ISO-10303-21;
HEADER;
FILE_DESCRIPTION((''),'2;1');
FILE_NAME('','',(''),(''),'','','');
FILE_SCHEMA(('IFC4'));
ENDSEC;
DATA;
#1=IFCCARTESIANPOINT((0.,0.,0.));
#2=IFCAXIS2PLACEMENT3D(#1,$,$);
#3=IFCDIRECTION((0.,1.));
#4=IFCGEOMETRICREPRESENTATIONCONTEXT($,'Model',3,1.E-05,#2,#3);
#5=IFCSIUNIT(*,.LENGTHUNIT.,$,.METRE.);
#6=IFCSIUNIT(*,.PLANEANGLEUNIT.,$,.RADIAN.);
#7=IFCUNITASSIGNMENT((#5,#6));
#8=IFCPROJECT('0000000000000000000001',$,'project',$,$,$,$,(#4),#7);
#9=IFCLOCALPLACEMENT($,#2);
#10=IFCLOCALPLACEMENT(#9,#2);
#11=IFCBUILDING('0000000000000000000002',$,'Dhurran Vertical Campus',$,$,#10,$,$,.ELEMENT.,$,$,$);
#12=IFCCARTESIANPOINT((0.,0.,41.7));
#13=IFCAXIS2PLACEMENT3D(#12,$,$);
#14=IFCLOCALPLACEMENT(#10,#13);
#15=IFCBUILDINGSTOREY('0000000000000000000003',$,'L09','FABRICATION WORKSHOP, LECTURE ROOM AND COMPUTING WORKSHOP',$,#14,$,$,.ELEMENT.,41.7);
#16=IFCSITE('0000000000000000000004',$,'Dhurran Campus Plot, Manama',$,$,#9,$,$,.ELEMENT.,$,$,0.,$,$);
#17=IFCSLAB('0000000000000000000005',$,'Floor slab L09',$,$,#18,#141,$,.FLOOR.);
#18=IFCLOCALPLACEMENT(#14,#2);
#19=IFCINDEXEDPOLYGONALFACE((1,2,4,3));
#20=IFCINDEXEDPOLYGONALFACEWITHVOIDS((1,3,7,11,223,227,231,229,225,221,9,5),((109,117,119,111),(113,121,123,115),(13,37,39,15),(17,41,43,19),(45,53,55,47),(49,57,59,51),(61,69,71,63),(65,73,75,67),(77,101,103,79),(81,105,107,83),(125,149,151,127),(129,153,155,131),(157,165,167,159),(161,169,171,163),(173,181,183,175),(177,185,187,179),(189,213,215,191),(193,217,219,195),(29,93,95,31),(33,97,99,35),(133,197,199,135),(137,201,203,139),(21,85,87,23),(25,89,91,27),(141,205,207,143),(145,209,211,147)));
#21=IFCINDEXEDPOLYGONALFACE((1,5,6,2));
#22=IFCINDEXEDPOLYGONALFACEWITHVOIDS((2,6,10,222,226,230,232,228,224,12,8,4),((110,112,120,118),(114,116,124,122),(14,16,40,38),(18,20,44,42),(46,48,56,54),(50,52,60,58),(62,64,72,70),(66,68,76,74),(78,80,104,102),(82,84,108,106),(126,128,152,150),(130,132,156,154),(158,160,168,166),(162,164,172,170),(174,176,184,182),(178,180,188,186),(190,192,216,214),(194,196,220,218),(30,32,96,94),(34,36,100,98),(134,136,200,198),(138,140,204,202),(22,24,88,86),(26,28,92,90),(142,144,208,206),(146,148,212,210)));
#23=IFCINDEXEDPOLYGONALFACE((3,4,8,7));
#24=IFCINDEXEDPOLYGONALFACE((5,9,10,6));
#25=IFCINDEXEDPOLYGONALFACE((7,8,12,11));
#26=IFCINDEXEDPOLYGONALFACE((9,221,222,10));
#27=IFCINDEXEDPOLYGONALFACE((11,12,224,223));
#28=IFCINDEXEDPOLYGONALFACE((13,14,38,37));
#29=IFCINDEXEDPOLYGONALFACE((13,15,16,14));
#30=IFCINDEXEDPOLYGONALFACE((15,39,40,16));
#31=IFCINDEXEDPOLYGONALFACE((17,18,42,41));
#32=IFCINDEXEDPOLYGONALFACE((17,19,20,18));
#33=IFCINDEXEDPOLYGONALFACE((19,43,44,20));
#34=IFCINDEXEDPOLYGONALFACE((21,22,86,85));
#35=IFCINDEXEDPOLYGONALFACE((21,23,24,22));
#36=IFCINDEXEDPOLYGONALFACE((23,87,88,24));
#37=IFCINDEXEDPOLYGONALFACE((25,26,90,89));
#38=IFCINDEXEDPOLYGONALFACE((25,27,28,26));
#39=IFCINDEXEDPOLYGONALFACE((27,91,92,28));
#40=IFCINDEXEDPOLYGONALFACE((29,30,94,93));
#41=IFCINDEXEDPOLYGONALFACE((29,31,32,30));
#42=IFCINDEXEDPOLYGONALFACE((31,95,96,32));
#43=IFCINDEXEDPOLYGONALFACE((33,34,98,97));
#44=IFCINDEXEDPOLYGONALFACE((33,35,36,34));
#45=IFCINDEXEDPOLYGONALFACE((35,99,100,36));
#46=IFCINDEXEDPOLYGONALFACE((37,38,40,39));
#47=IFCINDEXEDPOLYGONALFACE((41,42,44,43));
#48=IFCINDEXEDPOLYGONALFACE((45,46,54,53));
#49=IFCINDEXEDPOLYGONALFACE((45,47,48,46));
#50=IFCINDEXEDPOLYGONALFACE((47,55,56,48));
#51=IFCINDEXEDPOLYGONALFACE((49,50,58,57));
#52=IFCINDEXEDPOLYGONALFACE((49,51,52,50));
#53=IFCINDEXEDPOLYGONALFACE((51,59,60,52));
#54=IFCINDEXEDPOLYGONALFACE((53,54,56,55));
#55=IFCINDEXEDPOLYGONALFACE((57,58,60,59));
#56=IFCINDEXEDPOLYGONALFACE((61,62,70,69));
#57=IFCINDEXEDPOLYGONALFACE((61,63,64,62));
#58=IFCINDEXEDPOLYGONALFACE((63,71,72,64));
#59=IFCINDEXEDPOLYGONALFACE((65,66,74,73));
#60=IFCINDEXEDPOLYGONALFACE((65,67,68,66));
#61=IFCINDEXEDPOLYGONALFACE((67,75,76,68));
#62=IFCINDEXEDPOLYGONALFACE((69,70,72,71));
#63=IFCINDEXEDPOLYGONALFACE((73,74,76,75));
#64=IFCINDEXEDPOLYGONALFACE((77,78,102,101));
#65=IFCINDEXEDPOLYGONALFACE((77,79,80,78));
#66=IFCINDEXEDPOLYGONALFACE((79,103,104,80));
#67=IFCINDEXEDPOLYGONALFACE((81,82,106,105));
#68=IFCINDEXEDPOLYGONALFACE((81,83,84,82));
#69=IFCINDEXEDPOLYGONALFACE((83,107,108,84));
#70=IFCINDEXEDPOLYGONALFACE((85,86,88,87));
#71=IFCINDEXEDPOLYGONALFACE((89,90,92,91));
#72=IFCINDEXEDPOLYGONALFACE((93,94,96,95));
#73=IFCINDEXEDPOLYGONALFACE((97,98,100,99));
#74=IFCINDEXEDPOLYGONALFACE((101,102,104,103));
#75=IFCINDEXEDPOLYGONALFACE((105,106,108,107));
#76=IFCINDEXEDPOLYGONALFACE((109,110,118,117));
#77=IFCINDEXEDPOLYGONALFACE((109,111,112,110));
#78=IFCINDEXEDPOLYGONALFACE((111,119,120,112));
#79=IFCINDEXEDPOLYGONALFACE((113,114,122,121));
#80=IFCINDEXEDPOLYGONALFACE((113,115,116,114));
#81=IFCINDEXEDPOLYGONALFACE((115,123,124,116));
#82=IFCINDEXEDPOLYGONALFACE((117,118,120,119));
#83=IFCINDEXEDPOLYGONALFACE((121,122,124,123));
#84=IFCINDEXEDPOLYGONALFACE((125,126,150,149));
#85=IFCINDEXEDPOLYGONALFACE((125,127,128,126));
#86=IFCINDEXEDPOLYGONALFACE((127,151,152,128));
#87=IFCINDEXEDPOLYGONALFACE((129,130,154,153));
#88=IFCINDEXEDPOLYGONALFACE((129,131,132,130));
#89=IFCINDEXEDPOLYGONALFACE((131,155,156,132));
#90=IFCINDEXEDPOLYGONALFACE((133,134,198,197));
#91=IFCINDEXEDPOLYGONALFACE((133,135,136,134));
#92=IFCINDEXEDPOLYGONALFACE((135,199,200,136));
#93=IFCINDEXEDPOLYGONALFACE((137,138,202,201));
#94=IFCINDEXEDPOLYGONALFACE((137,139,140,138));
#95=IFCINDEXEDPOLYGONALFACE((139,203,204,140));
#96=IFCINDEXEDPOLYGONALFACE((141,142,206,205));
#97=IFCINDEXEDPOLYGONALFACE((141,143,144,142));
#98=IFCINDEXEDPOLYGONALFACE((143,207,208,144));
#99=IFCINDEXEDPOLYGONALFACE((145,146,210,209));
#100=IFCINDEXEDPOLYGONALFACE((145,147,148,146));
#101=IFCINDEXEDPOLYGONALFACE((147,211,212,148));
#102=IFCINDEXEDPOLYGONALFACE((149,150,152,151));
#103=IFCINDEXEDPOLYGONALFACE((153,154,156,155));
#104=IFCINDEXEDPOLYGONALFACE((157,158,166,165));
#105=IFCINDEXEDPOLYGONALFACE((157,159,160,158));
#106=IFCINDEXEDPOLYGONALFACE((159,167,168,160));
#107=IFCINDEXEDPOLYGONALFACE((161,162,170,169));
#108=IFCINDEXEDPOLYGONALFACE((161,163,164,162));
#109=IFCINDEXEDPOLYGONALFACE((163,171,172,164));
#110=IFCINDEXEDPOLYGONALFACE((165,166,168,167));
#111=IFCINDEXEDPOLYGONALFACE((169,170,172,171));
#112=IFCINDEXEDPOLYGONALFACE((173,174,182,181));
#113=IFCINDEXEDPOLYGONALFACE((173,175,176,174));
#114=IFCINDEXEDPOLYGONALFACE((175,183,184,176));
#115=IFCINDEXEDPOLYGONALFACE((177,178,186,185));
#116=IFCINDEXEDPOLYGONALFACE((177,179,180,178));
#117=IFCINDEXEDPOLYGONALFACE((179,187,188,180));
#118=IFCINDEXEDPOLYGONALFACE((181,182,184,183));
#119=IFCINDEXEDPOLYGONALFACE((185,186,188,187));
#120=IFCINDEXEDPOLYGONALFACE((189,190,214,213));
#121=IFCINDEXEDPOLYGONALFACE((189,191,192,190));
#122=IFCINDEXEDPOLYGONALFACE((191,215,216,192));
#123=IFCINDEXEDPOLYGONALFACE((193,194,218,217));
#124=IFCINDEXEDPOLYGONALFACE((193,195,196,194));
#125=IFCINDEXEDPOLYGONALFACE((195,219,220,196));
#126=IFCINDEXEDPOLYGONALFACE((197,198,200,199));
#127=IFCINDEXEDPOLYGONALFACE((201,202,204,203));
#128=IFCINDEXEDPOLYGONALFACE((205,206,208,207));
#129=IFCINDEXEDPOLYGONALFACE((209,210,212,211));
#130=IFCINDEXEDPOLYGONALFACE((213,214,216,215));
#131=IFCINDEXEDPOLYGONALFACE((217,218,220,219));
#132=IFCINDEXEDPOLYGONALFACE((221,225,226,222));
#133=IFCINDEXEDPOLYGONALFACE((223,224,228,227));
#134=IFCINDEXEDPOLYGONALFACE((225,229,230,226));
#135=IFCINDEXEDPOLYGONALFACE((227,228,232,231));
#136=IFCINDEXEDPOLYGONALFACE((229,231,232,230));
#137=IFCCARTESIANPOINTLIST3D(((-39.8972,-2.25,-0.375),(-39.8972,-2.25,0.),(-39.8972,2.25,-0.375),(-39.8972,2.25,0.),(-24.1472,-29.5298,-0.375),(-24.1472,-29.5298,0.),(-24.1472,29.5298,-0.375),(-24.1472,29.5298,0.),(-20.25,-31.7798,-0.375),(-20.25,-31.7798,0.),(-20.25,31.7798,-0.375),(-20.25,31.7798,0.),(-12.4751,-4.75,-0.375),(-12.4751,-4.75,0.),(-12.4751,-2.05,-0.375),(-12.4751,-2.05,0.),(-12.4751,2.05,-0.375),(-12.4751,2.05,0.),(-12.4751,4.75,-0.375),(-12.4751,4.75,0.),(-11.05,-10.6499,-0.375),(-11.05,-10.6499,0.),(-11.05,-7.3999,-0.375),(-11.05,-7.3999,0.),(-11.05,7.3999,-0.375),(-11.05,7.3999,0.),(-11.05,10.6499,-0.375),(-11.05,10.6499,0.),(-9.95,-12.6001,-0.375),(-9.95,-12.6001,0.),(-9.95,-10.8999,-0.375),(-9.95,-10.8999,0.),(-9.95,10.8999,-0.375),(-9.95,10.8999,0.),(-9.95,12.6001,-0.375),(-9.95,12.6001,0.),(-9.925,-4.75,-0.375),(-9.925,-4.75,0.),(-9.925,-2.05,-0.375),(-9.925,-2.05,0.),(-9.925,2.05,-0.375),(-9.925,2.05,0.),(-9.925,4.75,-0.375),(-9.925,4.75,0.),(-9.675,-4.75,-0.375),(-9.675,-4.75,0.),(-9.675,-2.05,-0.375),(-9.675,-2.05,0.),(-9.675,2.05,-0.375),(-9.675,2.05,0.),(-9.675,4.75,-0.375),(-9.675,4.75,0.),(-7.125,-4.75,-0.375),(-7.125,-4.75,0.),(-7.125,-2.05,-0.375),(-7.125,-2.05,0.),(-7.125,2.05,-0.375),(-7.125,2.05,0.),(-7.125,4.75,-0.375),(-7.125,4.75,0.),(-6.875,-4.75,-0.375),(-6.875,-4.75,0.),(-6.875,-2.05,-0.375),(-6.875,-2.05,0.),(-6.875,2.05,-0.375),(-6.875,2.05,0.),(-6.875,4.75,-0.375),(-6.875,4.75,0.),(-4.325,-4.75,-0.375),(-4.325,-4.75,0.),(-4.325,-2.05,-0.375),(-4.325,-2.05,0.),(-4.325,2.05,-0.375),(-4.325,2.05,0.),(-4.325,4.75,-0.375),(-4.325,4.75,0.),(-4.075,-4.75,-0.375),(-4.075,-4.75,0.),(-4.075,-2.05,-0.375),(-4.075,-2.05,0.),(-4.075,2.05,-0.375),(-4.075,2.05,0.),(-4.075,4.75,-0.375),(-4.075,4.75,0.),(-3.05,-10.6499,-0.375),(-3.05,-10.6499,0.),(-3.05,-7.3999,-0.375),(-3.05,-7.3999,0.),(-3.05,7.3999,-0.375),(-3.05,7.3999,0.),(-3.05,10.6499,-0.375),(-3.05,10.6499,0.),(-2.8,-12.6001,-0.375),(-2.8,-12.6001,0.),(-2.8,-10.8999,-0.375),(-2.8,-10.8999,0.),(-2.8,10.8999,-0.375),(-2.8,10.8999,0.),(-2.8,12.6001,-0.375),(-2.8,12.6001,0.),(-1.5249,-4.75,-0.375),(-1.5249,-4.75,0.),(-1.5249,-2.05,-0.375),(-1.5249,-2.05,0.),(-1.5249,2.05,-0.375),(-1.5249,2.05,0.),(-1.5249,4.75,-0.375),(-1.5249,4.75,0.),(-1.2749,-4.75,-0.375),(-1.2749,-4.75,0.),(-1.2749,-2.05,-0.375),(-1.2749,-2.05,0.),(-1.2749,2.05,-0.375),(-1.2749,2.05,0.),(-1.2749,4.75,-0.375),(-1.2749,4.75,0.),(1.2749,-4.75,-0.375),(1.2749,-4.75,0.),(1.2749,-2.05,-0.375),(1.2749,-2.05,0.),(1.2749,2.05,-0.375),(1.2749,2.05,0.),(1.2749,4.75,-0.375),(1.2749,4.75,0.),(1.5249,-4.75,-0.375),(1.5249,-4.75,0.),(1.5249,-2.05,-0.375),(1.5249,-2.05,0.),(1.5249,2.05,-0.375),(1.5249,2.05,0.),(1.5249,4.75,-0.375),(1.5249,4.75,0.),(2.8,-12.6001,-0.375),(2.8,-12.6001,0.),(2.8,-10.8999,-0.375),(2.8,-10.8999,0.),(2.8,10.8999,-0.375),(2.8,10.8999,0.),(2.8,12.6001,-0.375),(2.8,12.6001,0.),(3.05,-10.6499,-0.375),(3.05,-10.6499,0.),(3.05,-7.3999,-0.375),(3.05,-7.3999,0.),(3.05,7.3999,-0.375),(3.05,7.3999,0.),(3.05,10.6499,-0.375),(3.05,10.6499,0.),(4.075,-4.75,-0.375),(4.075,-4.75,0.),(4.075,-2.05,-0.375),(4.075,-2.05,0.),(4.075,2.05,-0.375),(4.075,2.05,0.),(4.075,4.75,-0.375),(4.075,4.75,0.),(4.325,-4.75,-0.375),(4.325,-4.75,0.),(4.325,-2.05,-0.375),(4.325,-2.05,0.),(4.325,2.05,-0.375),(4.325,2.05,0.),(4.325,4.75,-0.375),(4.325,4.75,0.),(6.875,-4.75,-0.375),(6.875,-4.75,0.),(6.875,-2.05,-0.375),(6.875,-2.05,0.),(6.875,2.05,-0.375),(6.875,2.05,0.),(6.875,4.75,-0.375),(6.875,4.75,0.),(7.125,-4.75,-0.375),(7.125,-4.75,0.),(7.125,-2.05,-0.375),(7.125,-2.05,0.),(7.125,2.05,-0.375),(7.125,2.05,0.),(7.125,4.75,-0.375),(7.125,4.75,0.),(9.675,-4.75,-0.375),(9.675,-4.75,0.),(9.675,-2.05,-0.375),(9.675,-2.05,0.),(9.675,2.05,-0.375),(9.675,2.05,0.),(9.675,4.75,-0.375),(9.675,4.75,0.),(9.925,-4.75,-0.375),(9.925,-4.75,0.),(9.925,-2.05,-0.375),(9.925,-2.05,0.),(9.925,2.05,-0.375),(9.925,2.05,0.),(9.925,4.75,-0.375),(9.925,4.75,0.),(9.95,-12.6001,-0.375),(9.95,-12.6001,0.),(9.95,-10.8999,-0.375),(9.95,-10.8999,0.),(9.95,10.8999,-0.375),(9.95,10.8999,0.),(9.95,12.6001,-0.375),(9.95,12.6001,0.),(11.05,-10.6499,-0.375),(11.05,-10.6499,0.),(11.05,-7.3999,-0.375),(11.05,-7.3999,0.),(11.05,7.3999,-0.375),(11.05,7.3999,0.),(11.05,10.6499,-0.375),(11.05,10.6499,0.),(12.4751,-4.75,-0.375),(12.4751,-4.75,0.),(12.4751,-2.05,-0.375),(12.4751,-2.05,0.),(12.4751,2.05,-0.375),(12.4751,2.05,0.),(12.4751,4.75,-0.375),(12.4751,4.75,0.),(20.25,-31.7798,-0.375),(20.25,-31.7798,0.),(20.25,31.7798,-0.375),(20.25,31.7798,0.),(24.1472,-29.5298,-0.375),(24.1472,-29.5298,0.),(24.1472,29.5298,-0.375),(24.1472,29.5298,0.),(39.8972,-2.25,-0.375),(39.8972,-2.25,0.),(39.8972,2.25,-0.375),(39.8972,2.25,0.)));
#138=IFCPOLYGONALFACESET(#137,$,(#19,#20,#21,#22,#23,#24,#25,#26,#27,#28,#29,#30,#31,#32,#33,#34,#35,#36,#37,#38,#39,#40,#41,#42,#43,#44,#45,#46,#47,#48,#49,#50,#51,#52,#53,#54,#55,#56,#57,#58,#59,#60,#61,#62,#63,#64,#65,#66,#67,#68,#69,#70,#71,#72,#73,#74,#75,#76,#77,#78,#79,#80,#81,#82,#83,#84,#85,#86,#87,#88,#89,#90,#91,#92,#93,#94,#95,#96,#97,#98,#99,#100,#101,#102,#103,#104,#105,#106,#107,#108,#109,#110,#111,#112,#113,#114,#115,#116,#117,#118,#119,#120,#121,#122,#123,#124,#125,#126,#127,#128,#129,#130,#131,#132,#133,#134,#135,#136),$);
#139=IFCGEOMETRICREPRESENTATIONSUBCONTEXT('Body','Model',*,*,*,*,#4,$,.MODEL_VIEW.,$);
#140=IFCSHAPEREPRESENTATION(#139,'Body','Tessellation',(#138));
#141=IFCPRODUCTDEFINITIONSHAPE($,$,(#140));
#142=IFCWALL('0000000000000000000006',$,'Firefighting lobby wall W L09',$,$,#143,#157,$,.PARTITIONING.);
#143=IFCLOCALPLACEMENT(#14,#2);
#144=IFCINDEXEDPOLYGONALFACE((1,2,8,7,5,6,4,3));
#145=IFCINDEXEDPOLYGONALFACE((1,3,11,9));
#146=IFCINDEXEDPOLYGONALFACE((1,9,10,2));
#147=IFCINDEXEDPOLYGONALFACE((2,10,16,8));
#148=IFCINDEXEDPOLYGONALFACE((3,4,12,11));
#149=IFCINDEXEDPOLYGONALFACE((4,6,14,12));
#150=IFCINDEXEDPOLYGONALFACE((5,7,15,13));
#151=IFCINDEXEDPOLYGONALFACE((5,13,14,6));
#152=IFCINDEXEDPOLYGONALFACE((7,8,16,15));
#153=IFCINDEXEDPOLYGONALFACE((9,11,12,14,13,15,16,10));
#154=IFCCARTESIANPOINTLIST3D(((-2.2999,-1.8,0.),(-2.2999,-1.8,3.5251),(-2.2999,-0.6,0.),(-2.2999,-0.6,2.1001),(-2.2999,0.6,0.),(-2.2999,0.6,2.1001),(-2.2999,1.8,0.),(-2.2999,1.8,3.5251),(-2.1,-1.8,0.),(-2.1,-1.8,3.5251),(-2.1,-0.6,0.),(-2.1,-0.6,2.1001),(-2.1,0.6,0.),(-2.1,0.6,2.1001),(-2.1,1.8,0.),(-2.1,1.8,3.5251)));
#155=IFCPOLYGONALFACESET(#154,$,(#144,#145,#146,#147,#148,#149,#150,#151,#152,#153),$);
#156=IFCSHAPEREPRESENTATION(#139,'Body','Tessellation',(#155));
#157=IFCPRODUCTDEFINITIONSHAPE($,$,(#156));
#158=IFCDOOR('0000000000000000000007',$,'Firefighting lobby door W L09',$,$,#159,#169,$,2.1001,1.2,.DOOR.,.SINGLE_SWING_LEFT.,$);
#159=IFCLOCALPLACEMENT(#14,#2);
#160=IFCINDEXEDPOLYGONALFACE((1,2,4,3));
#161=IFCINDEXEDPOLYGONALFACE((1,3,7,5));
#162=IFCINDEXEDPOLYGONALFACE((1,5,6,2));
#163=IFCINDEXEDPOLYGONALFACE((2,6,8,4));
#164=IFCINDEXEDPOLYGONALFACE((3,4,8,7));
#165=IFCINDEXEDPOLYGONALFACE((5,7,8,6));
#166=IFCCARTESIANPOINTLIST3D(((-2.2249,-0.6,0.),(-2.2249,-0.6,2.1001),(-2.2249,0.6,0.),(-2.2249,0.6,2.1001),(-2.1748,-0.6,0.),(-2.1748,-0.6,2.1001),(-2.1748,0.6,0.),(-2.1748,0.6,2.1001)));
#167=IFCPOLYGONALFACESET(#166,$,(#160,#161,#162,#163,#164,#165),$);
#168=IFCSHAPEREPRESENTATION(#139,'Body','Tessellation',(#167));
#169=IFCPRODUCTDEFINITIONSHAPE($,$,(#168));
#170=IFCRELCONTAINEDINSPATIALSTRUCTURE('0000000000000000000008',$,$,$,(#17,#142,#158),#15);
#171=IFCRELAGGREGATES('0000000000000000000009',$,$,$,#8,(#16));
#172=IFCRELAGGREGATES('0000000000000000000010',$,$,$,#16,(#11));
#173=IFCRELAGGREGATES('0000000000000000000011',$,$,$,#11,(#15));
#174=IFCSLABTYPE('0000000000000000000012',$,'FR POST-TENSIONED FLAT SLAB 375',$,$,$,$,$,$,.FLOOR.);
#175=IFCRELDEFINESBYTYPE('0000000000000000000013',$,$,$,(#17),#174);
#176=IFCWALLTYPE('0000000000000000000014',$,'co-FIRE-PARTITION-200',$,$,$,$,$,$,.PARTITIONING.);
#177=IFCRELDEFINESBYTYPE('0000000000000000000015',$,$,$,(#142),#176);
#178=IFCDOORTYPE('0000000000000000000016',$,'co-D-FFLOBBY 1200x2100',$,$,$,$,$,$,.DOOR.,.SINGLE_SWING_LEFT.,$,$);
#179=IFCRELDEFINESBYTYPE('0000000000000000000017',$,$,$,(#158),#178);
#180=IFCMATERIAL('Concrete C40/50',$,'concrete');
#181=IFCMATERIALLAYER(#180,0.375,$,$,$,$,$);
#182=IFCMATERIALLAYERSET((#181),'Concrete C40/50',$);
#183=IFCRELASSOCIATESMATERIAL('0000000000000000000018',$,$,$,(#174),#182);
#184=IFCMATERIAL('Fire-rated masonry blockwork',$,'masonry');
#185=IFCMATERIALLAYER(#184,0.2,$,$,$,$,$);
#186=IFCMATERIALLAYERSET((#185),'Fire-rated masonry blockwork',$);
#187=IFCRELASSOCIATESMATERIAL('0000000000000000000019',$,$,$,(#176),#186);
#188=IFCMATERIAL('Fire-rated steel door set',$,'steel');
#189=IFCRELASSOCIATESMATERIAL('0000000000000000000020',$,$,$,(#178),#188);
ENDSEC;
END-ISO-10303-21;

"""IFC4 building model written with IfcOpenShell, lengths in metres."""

from ifc_helpers import new_model, si_unit, direction, frame, frame_2d, origin, place, context, subcontext, project, spatial, polyline, rectangle, outline, extrude, material, layer, layer_set, type_object, element, fill, save


model = new_model("IFC4")

# Units and contexts
model_context = context("Model", 3, precision=1e-05, world=origin(), true_north=direction((0.0, 1.0)))
body_context = subcontext(model_context, "Body", "Model", "MODEL_VIEW")
ifc_project = project(units=[si_unit("LENGTHUNIT", "METRE"), si_unit("PLANEANGLEUNIT", "RADIAN")], contexts=[model_context])

# Site, building, storey
site_placement = place(None, origin())
site = spatial("IfcSite", under=ifc_project, at=site_placement, Name="Dhurran Campus Plot, Manama", CompositionType="ELEMENT", RefElevation=0.0)
building_placement = place(site_placement, origin())
building = spatial("IfcBuilding", under=site, at=building_placement, Name="Dhurran Vertical Campus", CompositionType="ELEMENT")
storey_placement = place(building_placement, frame((0.0, 0.0, 41.7)))
storey = spatial("IfcBuildingStorey", under=building, at=storey_placement, Name="L09", Description="FABRICATION WORKSHOP, LECTURE ROOM AND COMPUTING WORKSHOP", CompositionType="ELEMENT", Elevation=41.7)

# Slab
ifc_material_1 = material(Name="Concrete C40/50", Category="concrete")
ifc_layer_1 = layer(ifc_material_1, 0.375)
ifc_layer_set_1 = layer_set([ifc_layer_1], Name="Concrete C40/50")
slab_type = type_object("IfcSlabType", Name="FR POST-TENSIONED FLAT SLAB 375", PredefinedType="FLOOR", material=ifc_layer_set_1)
slab_placement = place(storey_placement, frame((0.0, 0.0, -0.375)))
element("IfcSlab", 1, at=slab_placement, inside=storey, type_object=slab_type, Name="Floor slab L09", PredefinedType="FLOOR", context=body_context, shape_type="SweptSolid", body=[
    extrude(outline(polyline([(-20.25, -31.7798), (20.25, -31.7798), (24.1472, -29.5298), (39.8972, -2.25), (39.8972, 2.25), (24.1472, 29.5298), (20.25, 31.7798), (-20.25, 31.7798), (-24.1472, 29.5298), (-39.8972, 2.25), (-39.8972, -2.25), (-24.1472, -29.5298), (-20.25, -31.7798)]), holes=[polyline([(-12.4751, 2.05), (-9.925, 2.05), (-9.925, 4.75), (-12.4751, 4.75), (-12.4751, 2.05)]), polyline([(-9.675, 2.05), (-7.125, 2.05), (-7.125, 4.75), (-9.675, 4.75), (-9.675, 2.05)]), polyline([(-6.875, 2.05), (-4.325, 2.05), (-4.325, 4.75), (-6.875, 4.75), (-6.875, 2.05)]), polyline([(-1.2749, 2.05), (1.2749, 2.05), (1.2749, 4.75), (-1.2749, 4.75), (-1.2749, 2.05)]), polyline([(9.925, 2.05), (12.4751, 2.05), (12.4751, 4.75), (9.925, 4.75), (9.925, 2.05)]), polyline([(-1.2749, -4.75), (1.2749, -4.75), (1.2749, -2.05), (-1.2749, -2.05), (-1.2749, -4.75)]), polyline([(1.5249, -4.75), (4.075, -4.75), (4.075, -2.05), (1.5249, -2.05), (1.5249, -4.75)]), polyline([(4.325, -4.75), (6.875, -4.75), (6.875, -2.05), (4.325, -2.05), (4.325, -4.75)]), polyline([(7.125, -4.75), (9.675, -4.75), (9.675, -2.05), (7.125, -2.05), (7.125, -4.75)]), polyline([(9.925, -4.75), (12.4751, -4.75), (12.4751, -2.05), (9.925, -2.05), (9.925, -4.75)]), polyline([(-4.075, 2.05), (-1.5249, 2.05), (-1.5249, 4.75), (-4.075, 4.75), (-4.075, 2.05)]), polyline([(1.5249, 2.05), (4.075, 2.05), (4.075, 4.75), (1.5249, 4.75), (1.5249, 2.05)]), polyline([(4.325, 2.05), (6.875, 2.05), (6.875, 4.75), (4.325, 4.75), (4.325, 2.05)]), polyline([(7.125, 2.05), (9.675, 2.05), (9.675, 4.75), (7.125, 4.75), (7.125, 2.05)]), polyline([(-12.4751, -4.75), (-9.925, -4.75), (-9.925, -2.05), (-12.4751, -2.05), (-12.4751, -4.75)]), polyline([(-9.675, -4.75), (-7.125, -4.75), (-7.125, -2.05), (-9.675, -2.05), (-9.675, -4.75)]), polyline([(-6.875, -4.75), (-4.325, -4.75), (-4.325, -2.05), (-6.875, -2.05), (-6.875, -4.75)]), polyline([(-4.075, -4.75), (-1.5249, -4.75), (-1.5249, -2.05), (-4.075, -2.05), (-4.075, -4.75)]), polyline([(-11.05, 7.3999), (-3.05, 7.3999), (-3.05, 10.6499), (-11.05, 10.6499), (-11.05, 7.3999)]), polyline([(3.05, 7.3999), (11.05, 7.3999), (11.05, 10.6499), (3.05, 10.6499), (3.05, 7.3999)]), polyline([(-11.05, -10.6499), (-3.05, -10.6499), (-3.05, -7.3999), (-11.05, -7.3999), (-11.05, -10.6499)]), polyline([(3.05, -10.6499), (11.05, -10.6499), (11.05, -7.3999), (3.05, -7.3999), (3.05, -10.6499)]), polyline([(-9.95, 10.8999), (-9.95, 12.6001), (-2.8, 12.6001), (-2.8, 10.8999), (-9.95, 10.8999)]), polyline([(9.95, 12.6001), (9.95, 10.8999), (2.8, 10.8999), (2.8, 12.6001), (9.95, 12.6001)]), polyline([(-9.95, -12.6001), (-9.95, -10.8999), (-2.8, -10.8999), (-2.8, -12.6001), (-9.95, -12.6001)]), polyline([(9.95, -10.8999), (9.95, -12.6001), (2.8, -12.6001), (2.8, -10.8999), (9.95, -10.8999)])]), origin(), (0.0, 0.0, 1.0), 0.375),
])

# Wall, opening, door
ifc_material_2 = material(Name="Fire-rated masonry blockwork", Category="masonry")
ifc_layer_2 = layer(ifc_material_2, 0.2)
ifc_layer_set_2 = layer_set([ifc_layer_2], Name="Fire-rated masonry blockwork")
wall_type_1 = type_object("IfcWallType", Name="co-FIRE-PARTITION-200", PredefinedType="PARTITIONING", material=ifc_layer_set_2)
wall_1_placement = place(storey_placement, frame((-2.2, -1.8, 0.0), z_axis=(0.0, 0.0, 1.0), x_axis=(0.0, 1.0, 0.0)))
wall_1 = element("IfcWall", 2, at=wall_1_placement, inside=storey, type_object=wall_type_1, Name="Firefighting lobby wall W L09", PredefinedType="PARTITIONING", context=body_context, shape_type="SweptSolid", body=[
    extrude(rectangle(XDim=3.6001, YDim=0.2, at=frame_2d((1.8, 0.0))), origin(), (0.0, 0.0, 1.0), 3.5251),
])
opening_1_placement = place(wall_1_placement, frame((1.2, 0.0, 0.0)))
opening_1 = element("IfcOpeningElement", 3, at=opening_1_placement, cuts=wall_1, PredefinedType="OPENING", context=body_context, shape_type="SweptSolid", body=[
    extrude(rectangle(XDim=1.2, YDim=2.1001, at=frame_2d((0.6001, 1.05))), frame((0.0, 0.1099, 0.0), z_axis=(0.0, -1.0, 0.0), x_axis=(1.0, 0.0, 0.0)), (0.0, 0.0, 1.0), 0.22),
])
ifc_material_3 = material(Name="Fire-rated steel door set", Category="steel")
door_type_1 = type_object("IfcDoorType", Name="co-D-FFLOBBY 1200x2100", OperationType="SINGLE_SWING_LEFT", PredefinedType="DOOR", material=ifc_material_3)
door_1_placement = place(opening_1_placement, origin())
door_1 = element("IfcDoor", 4, at=door_1_placement, inside=storey, type_object=door_type_1, Name="Firefighting lobby door W L09", OperationType="SINGLE_SWING_LEFT", OverallHeight=2.1001, OverallWidth=1.2, PredefinedType="DOOR", context=body_context, shape_type="SweptSolid", body=[
    extrude(rectangle(XDim=1.2, YDim=2.1001, at=frame_2d((0.6001, 1.05))), frame((0.0, 0.0249, 0.0), z_axis=(0.0, -1.0, 0.0), x_axis=(1.0, 0.0, 0.0)), (0.0, 0.0, 1.0), 0.05),
])
fill(opening_1, door_1)

save(model, "model.ifc")
